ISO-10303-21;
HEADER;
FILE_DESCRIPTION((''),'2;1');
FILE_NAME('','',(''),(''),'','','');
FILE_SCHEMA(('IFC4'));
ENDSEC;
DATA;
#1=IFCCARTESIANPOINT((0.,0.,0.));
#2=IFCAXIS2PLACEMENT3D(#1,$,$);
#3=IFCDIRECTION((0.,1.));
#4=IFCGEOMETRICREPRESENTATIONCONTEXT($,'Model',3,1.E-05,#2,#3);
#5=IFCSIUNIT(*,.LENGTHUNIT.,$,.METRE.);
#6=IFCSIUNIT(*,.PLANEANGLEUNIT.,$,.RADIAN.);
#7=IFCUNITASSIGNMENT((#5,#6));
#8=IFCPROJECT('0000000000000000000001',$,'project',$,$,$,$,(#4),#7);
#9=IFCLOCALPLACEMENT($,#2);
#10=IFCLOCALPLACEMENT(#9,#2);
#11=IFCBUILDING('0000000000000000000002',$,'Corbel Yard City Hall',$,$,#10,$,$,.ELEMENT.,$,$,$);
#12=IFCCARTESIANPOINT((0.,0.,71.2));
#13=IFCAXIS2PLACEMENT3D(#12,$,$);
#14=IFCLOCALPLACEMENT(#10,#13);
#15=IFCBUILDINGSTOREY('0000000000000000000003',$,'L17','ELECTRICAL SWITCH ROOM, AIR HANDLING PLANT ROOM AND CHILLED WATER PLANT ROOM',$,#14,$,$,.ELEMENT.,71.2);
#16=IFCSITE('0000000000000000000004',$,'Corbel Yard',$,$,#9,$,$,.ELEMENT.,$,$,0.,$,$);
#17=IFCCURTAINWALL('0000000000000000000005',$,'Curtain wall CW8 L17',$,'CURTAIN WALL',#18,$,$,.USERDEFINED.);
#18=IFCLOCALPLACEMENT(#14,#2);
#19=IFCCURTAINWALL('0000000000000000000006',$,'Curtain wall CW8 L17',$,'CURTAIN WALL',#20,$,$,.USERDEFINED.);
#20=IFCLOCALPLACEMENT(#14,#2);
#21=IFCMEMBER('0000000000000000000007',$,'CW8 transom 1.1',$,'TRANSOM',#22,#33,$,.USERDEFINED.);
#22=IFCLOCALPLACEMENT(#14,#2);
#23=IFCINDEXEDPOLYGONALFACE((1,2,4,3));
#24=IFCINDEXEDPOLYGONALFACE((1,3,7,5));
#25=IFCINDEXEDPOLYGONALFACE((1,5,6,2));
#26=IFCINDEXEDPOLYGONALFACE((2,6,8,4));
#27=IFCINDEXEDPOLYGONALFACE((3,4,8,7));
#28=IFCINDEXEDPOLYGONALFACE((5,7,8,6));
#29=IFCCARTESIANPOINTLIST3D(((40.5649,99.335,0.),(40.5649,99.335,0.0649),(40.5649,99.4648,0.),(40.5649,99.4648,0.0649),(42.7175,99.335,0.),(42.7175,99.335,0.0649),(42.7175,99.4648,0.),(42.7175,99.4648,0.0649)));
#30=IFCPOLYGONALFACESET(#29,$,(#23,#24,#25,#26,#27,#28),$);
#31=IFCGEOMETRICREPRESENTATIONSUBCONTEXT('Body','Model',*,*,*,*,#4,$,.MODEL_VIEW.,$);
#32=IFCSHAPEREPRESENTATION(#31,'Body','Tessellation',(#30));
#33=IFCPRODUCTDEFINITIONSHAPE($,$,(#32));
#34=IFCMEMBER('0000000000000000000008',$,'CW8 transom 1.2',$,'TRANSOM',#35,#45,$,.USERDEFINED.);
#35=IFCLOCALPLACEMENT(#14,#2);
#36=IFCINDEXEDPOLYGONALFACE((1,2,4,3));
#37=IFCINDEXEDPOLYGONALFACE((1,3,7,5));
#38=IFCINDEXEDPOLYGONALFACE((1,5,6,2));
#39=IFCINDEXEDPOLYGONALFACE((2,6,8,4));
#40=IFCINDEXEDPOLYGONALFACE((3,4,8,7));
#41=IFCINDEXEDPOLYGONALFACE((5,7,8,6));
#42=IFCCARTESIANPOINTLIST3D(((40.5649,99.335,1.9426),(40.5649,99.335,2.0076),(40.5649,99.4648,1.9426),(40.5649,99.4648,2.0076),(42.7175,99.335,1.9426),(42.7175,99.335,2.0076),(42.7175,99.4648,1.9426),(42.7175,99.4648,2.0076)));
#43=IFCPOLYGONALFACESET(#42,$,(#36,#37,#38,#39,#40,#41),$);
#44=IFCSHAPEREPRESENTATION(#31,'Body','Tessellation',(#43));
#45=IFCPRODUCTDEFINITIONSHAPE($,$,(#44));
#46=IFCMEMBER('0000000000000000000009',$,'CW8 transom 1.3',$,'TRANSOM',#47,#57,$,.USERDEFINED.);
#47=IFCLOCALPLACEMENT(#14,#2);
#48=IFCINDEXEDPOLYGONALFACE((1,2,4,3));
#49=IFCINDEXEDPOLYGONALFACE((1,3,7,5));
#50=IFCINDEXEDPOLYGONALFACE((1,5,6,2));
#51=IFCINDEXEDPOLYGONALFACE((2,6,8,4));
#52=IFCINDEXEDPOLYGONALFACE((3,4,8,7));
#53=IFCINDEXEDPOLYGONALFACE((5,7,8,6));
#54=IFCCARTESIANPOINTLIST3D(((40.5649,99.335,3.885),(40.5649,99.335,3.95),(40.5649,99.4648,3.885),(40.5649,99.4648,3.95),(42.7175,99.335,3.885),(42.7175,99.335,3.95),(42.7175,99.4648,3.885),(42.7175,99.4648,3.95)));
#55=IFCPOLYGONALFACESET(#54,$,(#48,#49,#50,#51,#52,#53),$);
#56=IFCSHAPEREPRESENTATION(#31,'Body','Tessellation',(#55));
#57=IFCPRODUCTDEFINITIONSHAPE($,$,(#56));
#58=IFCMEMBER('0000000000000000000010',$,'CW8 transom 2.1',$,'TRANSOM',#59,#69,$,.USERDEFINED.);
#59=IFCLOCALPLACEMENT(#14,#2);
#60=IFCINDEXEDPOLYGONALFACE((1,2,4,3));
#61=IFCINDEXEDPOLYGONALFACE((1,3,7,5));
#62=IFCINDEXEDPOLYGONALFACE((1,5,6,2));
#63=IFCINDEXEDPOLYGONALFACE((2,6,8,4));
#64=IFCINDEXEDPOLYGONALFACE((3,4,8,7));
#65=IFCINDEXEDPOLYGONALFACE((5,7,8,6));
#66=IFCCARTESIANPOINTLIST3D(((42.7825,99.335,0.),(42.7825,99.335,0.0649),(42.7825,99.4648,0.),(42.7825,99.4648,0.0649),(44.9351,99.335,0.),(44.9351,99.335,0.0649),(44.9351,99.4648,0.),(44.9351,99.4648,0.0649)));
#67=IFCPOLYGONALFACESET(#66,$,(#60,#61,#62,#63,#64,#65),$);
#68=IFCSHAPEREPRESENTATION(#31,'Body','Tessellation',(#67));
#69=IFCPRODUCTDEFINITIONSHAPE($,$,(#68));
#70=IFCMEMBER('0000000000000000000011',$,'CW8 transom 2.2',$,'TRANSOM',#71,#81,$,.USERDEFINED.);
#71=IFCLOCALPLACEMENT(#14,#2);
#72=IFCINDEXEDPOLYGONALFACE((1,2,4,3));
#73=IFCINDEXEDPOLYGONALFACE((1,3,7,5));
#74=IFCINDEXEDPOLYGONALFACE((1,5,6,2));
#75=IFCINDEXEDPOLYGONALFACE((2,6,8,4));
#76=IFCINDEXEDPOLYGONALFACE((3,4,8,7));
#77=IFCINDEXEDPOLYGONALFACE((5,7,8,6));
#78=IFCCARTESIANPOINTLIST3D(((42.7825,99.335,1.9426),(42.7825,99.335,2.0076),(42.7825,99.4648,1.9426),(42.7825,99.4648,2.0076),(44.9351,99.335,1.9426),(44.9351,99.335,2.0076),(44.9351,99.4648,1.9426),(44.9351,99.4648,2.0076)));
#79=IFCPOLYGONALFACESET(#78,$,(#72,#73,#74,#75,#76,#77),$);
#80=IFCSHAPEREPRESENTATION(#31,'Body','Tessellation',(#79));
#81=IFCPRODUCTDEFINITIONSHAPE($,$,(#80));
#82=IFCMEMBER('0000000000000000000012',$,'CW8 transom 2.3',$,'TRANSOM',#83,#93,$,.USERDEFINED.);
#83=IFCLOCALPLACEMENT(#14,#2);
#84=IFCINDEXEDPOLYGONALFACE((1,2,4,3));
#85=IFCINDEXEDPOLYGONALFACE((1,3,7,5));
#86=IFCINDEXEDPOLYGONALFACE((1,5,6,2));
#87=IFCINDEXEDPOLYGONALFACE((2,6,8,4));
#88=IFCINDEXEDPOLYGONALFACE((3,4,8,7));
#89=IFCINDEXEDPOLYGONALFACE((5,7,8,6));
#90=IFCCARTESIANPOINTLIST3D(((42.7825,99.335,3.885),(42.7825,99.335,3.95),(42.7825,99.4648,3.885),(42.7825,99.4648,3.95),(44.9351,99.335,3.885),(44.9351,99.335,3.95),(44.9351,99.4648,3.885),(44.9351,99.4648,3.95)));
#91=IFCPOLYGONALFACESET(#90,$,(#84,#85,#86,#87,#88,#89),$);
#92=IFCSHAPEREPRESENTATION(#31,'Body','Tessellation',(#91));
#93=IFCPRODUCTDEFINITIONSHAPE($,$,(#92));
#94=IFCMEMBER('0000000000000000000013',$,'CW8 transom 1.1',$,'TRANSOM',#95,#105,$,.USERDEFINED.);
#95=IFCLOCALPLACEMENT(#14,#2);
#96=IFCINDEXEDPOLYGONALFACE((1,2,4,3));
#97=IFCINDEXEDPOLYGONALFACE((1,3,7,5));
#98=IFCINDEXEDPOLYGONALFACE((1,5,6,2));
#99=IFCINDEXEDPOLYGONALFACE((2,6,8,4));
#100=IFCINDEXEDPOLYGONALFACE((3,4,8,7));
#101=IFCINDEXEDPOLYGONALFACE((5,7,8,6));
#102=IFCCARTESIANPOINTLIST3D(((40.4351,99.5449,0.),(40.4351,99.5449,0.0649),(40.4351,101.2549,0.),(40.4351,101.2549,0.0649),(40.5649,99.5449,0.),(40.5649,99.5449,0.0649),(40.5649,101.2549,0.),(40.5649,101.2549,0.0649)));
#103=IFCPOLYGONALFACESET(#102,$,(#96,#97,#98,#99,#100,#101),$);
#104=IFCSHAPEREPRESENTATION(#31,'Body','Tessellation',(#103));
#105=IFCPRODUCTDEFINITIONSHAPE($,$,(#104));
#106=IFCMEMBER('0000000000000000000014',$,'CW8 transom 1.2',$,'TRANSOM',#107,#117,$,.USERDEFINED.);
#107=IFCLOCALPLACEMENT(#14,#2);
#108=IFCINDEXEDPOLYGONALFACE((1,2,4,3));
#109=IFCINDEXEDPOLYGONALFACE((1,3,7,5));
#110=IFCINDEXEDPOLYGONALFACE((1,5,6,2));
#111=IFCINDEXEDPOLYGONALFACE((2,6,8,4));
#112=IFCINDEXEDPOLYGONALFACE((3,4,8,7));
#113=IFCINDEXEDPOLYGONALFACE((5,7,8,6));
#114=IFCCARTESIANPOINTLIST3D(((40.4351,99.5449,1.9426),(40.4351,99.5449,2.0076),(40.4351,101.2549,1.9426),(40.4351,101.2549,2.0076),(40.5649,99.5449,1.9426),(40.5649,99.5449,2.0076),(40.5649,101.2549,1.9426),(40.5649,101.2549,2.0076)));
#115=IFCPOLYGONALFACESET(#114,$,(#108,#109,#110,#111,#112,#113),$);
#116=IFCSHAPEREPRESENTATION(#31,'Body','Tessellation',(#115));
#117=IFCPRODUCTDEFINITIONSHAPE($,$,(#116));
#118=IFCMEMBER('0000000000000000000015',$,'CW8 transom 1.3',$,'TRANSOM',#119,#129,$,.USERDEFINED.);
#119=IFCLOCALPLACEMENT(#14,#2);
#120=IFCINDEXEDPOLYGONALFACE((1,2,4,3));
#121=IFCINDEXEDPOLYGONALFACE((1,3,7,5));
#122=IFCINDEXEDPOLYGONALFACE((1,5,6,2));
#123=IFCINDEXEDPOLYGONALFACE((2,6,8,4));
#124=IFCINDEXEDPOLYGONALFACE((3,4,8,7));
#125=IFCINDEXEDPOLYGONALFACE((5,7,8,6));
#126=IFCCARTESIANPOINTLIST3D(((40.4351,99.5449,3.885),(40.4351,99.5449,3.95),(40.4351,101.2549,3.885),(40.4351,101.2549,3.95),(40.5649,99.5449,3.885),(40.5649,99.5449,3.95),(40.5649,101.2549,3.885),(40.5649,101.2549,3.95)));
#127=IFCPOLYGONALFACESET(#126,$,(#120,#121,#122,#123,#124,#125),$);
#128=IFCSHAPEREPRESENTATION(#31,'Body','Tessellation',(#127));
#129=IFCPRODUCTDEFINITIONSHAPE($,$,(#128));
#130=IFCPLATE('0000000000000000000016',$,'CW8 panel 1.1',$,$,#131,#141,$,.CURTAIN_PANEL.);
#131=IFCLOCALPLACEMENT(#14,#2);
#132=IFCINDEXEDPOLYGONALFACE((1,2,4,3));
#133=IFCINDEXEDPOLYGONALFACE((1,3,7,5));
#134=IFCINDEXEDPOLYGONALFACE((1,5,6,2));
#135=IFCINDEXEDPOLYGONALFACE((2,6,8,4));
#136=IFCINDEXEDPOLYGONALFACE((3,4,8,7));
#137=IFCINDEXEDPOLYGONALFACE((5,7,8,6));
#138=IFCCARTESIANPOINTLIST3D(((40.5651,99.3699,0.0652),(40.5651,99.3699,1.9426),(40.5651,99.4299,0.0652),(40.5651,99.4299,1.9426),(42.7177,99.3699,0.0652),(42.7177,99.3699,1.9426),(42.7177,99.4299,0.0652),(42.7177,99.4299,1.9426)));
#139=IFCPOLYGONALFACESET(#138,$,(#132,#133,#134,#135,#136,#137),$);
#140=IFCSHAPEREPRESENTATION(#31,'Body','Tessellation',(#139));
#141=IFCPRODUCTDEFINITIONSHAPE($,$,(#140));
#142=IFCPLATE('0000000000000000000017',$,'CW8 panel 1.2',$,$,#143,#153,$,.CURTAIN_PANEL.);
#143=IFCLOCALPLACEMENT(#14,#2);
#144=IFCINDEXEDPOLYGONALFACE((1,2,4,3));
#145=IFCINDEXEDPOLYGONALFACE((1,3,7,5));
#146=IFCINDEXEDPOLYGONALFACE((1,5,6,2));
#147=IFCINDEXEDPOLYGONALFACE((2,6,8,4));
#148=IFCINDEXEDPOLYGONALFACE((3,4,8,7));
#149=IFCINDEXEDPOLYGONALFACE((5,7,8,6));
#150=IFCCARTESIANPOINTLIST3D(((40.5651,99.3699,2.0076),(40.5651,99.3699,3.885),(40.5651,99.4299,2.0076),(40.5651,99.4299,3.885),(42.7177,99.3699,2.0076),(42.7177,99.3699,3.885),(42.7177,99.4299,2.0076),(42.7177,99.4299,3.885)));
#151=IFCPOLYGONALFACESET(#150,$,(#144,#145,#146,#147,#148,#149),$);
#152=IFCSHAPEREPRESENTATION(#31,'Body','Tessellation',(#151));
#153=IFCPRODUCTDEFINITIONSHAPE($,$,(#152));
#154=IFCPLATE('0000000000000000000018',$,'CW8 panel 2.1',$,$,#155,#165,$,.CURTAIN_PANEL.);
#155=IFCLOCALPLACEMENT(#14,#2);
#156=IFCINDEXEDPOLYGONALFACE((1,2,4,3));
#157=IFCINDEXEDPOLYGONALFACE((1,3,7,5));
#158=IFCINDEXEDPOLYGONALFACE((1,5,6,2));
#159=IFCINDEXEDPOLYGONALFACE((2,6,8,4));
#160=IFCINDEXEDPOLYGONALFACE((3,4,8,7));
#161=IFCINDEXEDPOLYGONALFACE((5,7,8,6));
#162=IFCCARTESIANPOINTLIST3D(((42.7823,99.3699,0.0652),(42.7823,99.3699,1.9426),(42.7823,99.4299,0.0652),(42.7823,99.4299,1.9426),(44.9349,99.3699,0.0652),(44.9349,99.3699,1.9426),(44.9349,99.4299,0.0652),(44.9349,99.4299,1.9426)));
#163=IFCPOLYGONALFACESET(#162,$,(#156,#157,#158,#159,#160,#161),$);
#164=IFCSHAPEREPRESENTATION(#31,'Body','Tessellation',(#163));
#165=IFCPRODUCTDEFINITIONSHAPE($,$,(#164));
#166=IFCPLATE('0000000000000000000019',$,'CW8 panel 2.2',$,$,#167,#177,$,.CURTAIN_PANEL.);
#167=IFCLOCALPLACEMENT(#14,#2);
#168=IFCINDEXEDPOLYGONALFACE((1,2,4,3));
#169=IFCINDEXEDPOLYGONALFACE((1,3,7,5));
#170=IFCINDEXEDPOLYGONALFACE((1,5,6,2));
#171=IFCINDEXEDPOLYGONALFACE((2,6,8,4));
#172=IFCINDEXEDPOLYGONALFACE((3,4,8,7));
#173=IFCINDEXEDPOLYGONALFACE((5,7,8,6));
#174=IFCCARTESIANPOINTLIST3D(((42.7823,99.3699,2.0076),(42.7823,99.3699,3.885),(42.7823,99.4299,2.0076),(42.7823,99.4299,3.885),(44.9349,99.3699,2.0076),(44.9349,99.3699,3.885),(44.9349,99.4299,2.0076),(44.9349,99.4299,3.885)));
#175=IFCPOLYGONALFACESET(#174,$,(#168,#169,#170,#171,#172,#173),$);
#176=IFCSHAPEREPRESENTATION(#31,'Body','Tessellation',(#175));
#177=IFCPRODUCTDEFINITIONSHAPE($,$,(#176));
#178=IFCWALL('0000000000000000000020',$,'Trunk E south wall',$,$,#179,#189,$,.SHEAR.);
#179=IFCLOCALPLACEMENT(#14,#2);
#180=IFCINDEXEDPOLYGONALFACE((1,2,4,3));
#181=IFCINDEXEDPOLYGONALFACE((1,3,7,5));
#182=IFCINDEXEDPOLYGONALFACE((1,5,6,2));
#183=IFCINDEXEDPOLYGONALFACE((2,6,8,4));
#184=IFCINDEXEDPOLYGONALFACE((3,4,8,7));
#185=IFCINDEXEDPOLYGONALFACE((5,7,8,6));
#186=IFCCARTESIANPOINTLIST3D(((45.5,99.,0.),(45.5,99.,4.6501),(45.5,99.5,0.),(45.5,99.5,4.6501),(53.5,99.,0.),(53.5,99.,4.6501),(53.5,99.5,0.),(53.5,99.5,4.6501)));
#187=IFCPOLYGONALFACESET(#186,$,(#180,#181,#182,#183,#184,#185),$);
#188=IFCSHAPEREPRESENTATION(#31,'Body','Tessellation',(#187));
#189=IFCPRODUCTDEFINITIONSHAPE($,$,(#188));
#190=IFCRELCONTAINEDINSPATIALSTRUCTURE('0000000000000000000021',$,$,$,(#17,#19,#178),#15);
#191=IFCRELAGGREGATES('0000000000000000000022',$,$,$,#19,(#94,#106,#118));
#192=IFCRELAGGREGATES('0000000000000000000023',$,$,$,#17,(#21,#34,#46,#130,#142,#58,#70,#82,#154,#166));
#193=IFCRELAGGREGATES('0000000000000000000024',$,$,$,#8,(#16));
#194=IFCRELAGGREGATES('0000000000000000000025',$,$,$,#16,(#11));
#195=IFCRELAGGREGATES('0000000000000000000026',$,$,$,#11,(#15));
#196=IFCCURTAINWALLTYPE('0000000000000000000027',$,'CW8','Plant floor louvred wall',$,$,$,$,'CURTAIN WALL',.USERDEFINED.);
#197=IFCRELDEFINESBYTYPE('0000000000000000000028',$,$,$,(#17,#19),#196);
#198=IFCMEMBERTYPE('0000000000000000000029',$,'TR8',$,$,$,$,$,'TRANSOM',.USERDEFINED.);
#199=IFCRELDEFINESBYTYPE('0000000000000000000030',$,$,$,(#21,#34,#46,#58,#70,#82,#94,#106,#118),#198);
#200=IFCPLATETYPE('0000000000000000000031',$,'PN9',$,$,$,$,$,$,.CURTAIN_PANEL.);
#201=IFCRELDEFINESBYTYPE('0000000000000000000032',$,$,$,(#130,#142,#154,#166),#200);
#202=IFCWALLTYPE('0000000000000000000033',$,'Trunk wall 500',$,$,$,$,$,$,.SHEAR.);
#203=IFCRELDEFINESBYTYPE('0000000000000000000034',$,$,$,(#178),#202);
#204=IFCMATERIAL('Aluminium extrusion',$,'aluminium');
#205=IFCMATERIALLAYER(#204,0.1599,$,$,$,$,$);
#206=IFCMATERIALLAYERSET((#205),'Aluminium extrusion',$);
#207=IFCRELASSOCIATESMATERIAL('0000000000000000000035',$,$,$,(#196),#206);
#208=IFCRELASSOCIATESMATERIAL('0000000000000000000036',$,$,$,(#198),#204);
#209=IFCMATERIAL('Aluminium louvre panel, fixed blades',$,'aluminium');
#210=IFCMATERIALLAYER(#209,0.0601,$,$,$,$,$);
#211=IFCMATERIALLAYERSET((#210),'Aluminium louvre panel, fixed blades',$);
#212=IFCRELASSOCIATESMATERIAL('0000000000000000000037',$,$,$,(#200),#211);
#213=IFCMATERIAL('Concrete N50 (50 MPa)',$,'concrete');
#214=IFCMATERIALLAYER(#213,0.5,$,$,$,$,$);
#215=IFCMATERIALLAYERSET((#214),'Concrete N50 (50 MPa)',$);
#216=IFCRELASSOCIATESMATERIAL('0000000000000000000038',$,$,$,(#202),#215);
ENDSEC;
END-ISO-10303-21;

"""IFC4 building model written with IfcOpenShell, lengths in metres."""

from ifc_helpers import new_model, si_unit, direction, frame, frame_2d, origin, origin_2d, place, context, subcontext, project, spatial, rectangle, extrude, material, layer, layer_set, material_profile, profile_set, type_object, element, aggregate, save


model = new_model("IFC4")

# Units and contexts
model_context = context("Model", 3, precision=1e-05, world=origin(), true_north=direction((0.0, 1.0)))
body_context = subcontext(model_context, "Body", "Model", "MODEL_VIEW")
ifc_project = project(units=[si_unit("LENGTHUNIT", "METRE"), si_unit("PLANEANGLEUNIT", "RADIAN")], contexts=[model_context])

# Site, building, storey
site_placement = place(None, origin())
site = spatial("IfcSite", under=ifc_project, at=site_placement, Name="Corbel Yard", CompositionType="ELEMENT", RefElevation=0.0)
building_placement = place(site_placement, origin())
building = spatial("IfcBuilding", under=site, at=building_placement, Name="Corbel Yard City Hall", CompositionType="ELEMENT")
storey_placement = place(building_placement, frame((0.0, 0.0, 71.2)))
storey = spatial("IfcBuildingStorey", under=building, at=storey_placement, Name="L17", Description="ELECTRICAL SWITCH ROOM, AIR HANDLING PLANT ROOM AND CHILLED WATER PLANT ROOM", CompositionType="ELEMENT", Elevation=71.2)

# Curtain wall
ifc_material_1 = material(Name="Aluminium extrusion", Category="aluminium")
ifc_layer_1 = layer(ifc_material_1, 0.1599)
ifc_layer_set_1 = layer_set([ifc_layer_1], Name="Aluminium extrusion")
curtain_wall_type = type_object("IfcCurtainWallType", Name="CW8", Description="Plant floor louvred wall", ElementType="CURTAIN WALL", PredefinedType="USERDEFINED", material=ifc_layer_set_1)
curtain_wall_1_placement = place(storey_placement, origin())
curtain_wall_1 = element("IfcCurtainWall", 1, at=curtain_wall_1_placement, inside=storey, type_object=curtain_wall_type, Name="Curtain wall CW8 L17", ObjectType="CURTAIN WALL", PredefinedType="USERDEFINED")

# Curtain wall
curtain_wall_2_placement = place(storey_placement, origin())
curtain_wall_2 = element("IfcCurtainWall", 2, at=curtain_wall_2_placement, inside=storey, type_object=curtain_wall_type, Name="Curtain wall CW8 L17", ObjectType="CURTAIN WALL", PredefinedType="USERDEFINED")

# Members
ifc_material_profile_1 = material_profile(ifc_material_1, rectangle(XDim=0.1299, YDim=0.0649, at=origin_2d()), Name="130x65")
ifc_profile_set_1 = profile_set([ifc_material_profile_1], Name="Aluminium extrusion")
member_type_1 = type_object("IfcMemberType", Name="TR8", ElementType="TRANSOM", PredefinedType="USERDEFINED", material=ifc_profile_set_1)
member_1_placement = place(storey_placement, frame((40.5649, 99.3999, 0.0325), z_axis=(1.0, 0.0, 0.0), x_axis=(0.0, 1.0, 0.0)))
member_1 = element("IfcMember", 3, at=member_1_placement, type_object=member_type_1, Name="CW8 transom 1.1", ObjectType="TRANSOM", PredefinedType="USERDEFINED", context=body_context, shape_type="SweptSolid", body=[
    extrude(rectangle(XDim=0.1299, YDim=0.0649, at=origin_2d()), origin(), (0.0, 0.0, 1.0), 2.1526),
])
member_2_placement = place(storey_placement, frame((40.5649, 99.3999, 1.9751), z_axis=(1.0, 0.0, 0.0), x_axis=(0.0, 1.0, 0.0)))
member_2 = element("IfcMember", 4, at=member_2_placement, type_object=member_type_1, Name="CW8 transom 1.2", ObjectType="TRANSOM", PredefinedType="USERDEFINED", context=body_context, shape_type="SweptSolid", body=[
    extrude(rectangle(XDim=0.1299, YDim=0.0649, at=origin_2d()), origin(), (0.0, 0.0, 1.0), 2.1526),
])
member_3_placement = place(storey_placement, frame((40.5649, 99.3999, 3.9175), z_axis=(1.0, 0.0, 0.0), x_axis=(0.0, 1.0, 0.0)))
member_3 = element("IfcMember", 5, at=member_3_placement, type_object=member_type_1, Name="CW8 transom 1.3", ObjectType="TRANSOM", PredefinedType="USERDEFINED", context=body_context, shape_type="SweptSolid", body=[
    extrude(rectangle(XDim=0.1299, YDim=0.0649, at=origin_2d()), origin(), (0.0, 0.0, 1.0), 2.1526),
])
member_4_placement = place(storey_placement, frame((42.7825, 99.3999, 0.0325), z_axis=(1.0, 0.0, 0.0), x_axis=(0.0, 1.0, 0.0)))
member_4 = element("IfcMember", 6, at=member_4_placement, type_object=member_type_1, Name="CW8 transom 2.1", ObjectType="TRANSOM", PredefinedType="USERDEFINED", context=body_context, shape_type="SweptSolid", body=[
    extrude(rectangle(XDim=0.1299, YDim=0.0649, at=origin_2d()), origin(), (0.0, 0.0, 1.0), 2.1526),
])
member_5_placement = place(storey_placement, frame((42.7825, 99.3999, 1.9751), z_axis=(1.0, 0.0, 0.0), x_axis=(0.0, 1.0, 0.0)))
member_5 = element("IfcMember", 7, at=member_5_placement, type_object=member_type_1, Name="CW8 transom 2.2", ObjectType="TRANSOM", PredefinedType="USERDEFINED", context=body_context, shape_type="SweptSolid", body=[
    extrude(rectangle(XDim=0.1299, YDim=0.0649, at=origin_2d()), origin(), (0.0, 0.0, 1.0), 2.1526),
])
member_6_placement = place(storey_placement, frame((42.7825, 99.3999, 3.9175), z_axis=(1.0, 0.0, 0.0), x_axis=(0.0, 1.0, 0.0)))
member_6 = element("IfcMember", 8, at=member_6_placement, type_object=member_type_1, Name="CW8 transom 2.3", ObjectType="TRANSOM", PredefinedType="USERDEFINED", context=body_context, shape_type="SweptSolid", body=[
    extrude(rectangle(XDim=0.1299, YDim=0.0649, at=origin_2d()), origin(), (0.0, 0.0, 1.0), 2.1526),
])
member_7_placement = place(storey_placement, frame((40.5, 99.5449, 0.0325), z_axis=(0.0, 1.0, 0.0), x_axis=(-1.0, 0.0, 0.0)))
member_7 = element("IfcMember", 9, at=member_7_placement, type_object=member_type_1, Name="CW8 transom 1.1", ObjectType="TRANSOM", PredefinedType="USERDEFINED", context=body_context, shape_type="SweptSolid", body=[
    extrude(rectangle(XDim=0.1299, YDim=0.0649, at=origin_2d()), origin(), (0.0, 0.0, 1.0), 1.71),
])
member_8_placement = place(storey_placement, frame((40.5, 99.5449, 1.9751), z_axis=(0.0, 1.0, 0.0), x_axis=(-1.0, 0.0, 0.0)))
member_8 = element("IfcMember", 10, at=member_8_placement, type_object=member_type_1, Name="CW8 transom 1.2", ObjectType="TRANSOM", PredefinedType="USERDEFINED", context=body_context, shape_type="SweptSolid", body=[
    extrude(rectangle(XDim=0.1299, YDim=0.0649, at=origin_2d()), origin(), (0.0, 0.0, 1.0), 1.71),
])
member_9_placement = place(storey_placement, frame((40.5, 99.5449, 3.9175), z_axis=(0.0, 1.0, 0.0), x_axis=(-1.0, 0.0, 0.0)))
member_9 = element("IfcMember", 11, at=member_9_placement, type_object=member_type_1, Name="CW8 transom 1.3", ObjectType="TRANSOM", PredefinedType="USERDEFINED", context=body_context, shape_type="SweptSolid", body=[
    extrude(rectangle(XDim=0.1299, YDim=0.0649, at=origin_2d()), origin(), (0.0, 0.0, 1.0), 1.71),
])
aggregate(curtain_wall_2, [member_7, member_8, member_9])

# Plates
ifc_material_2 = material(Name="Aluminium louvre panel, fixed blades", Category="aluminium")
ifc_layer_2 = layer(ifc_material_2, 0.0601)
ifc_layer_set_2 = layer_set([ifc_layer_2], Name="Aluminium louvre panel, fixed blades")
plate_type = type_object("IfcPlateType", Name="PN9", PredefinedType="CURTAIN_PANEL", material=ifc_layer_set_2)
plate_1_placement = place(storey_placement, frame((41.6414, 99.3999, 0.0652), z_axis=(0.0, 0.0, 1.0), x_axis=(1.0, 0.0, 0.0)))
plate_1 = element("IfcPlate", 12, at=plate_1_placement, type_object=plate_type, Name="CW8 panel 1.1", PredefinedType="CURTAIN_PANEL", context=body_context, shape_type="SweptSolid", body=[
    extrude(rectangle(XDim=2.1526, YDim=0.0601, at=origin_2d()), origin(), (0.0, 0.0, 1.0), 1.8774),
])
plate_2_placement = place(storey_placement, frame((41.6414, 99.3999, 2.0076), z_axis=(0.0, 0.0, 1.0), x_axis=(1.0, 0.0, 0.0)))
plate_2 = element("IfcPlate", 13, at=plate_2_placement, type_object=plate_type, Name="CW8 panel 1.2", PredefinedType="CURTAIN_PANEL", context=body_context, shape_type="SweptSolid", body=[
    extrude(rectangle(XDim=2.1526, YDim=0.0601, at=origin_2d()), origin(), (0.0, 0.0, 1.0), 1.8774),
])
plate_3_placement = place(storey_placement, frame((43.8586, 99.3999, 0.0652), z_axis=(0.0, 0.0, 1.0), x_axis=(1.0, 0.0, 0.0)))
plate_3 = element("IfcPlate", 14, at=plate_3_placement, type_object=plate_type, Name="CW8 panel 2.1", PredefinedType="CURTAIN_PANEL", context=body_context, shape_type="SweptSolid", body=[
    extrude(rectangle(XDim=2.1526, YDim=0.0601, at=origin_2d()), origin(), (0.0, 0.0, 1.0), 1.8774),
])
plate_4_placement = place(storey_placement, frame((43.8586, 99.3999, 2.0076), z_axis=(0.0, 0.0, 1.0), x_axis=(1.0, 0.0, 0.0)))
plate_4 = element("IfcPlate", 15, at=plate_4_placement, type_object=plate_type, Name="CW8 panel 2.2", PredefinedType="CURTAIN_PANEL", context=body_context, shape_type="SweptSolid", body=[
    extrude(rectangle(XDim=2.1526, YDim=0.0601, at=origin_2d()), origin(), (0.0, 0.0, 1.0), 1.8774),
])
aggregate(curtain_wall_1, [member_1, member_2, member_3, plate_1, plate_2, member_4, member_5, member_6, plate_3, plate_4])

# Wall
ifc_material_3 = material(Name="Concrete N50 (50 MPa)", Category="concrete")
ifc_layer_3 = layer(ifc_material_3, 0.5)
ifc_layer_set_3 = layer_set([ifc_layer_3], Name="Concrete N50 (50 MPa)")
wall_type = type_object("IfcWallType", Name="Trunk wall 500", PredefinedType="SHEAR", material=ifc_layer_set_3)
wall_placement = place(storey_placement, frame((45.5, 99.25, 0.0), z_axis=(0.0, 0.0, 1.0), x_axis=(1.0, 0.0, 0.0)))
element("IfcWall", 16, at=wall_placement, inside=storey, type_object=wall_type, Name="Trunk E south wall", PredefinedType="SHEAR", context=body_context, shape_type="SweptSolid", body=[
    extrude(rectangle(XDim=8.0, YDim=0.5, at=frame_2d((4.0, 0.0))), origin(), (0.0, 0.0, 1.0), 4.6501),
])

save(model, "model.ifc")
